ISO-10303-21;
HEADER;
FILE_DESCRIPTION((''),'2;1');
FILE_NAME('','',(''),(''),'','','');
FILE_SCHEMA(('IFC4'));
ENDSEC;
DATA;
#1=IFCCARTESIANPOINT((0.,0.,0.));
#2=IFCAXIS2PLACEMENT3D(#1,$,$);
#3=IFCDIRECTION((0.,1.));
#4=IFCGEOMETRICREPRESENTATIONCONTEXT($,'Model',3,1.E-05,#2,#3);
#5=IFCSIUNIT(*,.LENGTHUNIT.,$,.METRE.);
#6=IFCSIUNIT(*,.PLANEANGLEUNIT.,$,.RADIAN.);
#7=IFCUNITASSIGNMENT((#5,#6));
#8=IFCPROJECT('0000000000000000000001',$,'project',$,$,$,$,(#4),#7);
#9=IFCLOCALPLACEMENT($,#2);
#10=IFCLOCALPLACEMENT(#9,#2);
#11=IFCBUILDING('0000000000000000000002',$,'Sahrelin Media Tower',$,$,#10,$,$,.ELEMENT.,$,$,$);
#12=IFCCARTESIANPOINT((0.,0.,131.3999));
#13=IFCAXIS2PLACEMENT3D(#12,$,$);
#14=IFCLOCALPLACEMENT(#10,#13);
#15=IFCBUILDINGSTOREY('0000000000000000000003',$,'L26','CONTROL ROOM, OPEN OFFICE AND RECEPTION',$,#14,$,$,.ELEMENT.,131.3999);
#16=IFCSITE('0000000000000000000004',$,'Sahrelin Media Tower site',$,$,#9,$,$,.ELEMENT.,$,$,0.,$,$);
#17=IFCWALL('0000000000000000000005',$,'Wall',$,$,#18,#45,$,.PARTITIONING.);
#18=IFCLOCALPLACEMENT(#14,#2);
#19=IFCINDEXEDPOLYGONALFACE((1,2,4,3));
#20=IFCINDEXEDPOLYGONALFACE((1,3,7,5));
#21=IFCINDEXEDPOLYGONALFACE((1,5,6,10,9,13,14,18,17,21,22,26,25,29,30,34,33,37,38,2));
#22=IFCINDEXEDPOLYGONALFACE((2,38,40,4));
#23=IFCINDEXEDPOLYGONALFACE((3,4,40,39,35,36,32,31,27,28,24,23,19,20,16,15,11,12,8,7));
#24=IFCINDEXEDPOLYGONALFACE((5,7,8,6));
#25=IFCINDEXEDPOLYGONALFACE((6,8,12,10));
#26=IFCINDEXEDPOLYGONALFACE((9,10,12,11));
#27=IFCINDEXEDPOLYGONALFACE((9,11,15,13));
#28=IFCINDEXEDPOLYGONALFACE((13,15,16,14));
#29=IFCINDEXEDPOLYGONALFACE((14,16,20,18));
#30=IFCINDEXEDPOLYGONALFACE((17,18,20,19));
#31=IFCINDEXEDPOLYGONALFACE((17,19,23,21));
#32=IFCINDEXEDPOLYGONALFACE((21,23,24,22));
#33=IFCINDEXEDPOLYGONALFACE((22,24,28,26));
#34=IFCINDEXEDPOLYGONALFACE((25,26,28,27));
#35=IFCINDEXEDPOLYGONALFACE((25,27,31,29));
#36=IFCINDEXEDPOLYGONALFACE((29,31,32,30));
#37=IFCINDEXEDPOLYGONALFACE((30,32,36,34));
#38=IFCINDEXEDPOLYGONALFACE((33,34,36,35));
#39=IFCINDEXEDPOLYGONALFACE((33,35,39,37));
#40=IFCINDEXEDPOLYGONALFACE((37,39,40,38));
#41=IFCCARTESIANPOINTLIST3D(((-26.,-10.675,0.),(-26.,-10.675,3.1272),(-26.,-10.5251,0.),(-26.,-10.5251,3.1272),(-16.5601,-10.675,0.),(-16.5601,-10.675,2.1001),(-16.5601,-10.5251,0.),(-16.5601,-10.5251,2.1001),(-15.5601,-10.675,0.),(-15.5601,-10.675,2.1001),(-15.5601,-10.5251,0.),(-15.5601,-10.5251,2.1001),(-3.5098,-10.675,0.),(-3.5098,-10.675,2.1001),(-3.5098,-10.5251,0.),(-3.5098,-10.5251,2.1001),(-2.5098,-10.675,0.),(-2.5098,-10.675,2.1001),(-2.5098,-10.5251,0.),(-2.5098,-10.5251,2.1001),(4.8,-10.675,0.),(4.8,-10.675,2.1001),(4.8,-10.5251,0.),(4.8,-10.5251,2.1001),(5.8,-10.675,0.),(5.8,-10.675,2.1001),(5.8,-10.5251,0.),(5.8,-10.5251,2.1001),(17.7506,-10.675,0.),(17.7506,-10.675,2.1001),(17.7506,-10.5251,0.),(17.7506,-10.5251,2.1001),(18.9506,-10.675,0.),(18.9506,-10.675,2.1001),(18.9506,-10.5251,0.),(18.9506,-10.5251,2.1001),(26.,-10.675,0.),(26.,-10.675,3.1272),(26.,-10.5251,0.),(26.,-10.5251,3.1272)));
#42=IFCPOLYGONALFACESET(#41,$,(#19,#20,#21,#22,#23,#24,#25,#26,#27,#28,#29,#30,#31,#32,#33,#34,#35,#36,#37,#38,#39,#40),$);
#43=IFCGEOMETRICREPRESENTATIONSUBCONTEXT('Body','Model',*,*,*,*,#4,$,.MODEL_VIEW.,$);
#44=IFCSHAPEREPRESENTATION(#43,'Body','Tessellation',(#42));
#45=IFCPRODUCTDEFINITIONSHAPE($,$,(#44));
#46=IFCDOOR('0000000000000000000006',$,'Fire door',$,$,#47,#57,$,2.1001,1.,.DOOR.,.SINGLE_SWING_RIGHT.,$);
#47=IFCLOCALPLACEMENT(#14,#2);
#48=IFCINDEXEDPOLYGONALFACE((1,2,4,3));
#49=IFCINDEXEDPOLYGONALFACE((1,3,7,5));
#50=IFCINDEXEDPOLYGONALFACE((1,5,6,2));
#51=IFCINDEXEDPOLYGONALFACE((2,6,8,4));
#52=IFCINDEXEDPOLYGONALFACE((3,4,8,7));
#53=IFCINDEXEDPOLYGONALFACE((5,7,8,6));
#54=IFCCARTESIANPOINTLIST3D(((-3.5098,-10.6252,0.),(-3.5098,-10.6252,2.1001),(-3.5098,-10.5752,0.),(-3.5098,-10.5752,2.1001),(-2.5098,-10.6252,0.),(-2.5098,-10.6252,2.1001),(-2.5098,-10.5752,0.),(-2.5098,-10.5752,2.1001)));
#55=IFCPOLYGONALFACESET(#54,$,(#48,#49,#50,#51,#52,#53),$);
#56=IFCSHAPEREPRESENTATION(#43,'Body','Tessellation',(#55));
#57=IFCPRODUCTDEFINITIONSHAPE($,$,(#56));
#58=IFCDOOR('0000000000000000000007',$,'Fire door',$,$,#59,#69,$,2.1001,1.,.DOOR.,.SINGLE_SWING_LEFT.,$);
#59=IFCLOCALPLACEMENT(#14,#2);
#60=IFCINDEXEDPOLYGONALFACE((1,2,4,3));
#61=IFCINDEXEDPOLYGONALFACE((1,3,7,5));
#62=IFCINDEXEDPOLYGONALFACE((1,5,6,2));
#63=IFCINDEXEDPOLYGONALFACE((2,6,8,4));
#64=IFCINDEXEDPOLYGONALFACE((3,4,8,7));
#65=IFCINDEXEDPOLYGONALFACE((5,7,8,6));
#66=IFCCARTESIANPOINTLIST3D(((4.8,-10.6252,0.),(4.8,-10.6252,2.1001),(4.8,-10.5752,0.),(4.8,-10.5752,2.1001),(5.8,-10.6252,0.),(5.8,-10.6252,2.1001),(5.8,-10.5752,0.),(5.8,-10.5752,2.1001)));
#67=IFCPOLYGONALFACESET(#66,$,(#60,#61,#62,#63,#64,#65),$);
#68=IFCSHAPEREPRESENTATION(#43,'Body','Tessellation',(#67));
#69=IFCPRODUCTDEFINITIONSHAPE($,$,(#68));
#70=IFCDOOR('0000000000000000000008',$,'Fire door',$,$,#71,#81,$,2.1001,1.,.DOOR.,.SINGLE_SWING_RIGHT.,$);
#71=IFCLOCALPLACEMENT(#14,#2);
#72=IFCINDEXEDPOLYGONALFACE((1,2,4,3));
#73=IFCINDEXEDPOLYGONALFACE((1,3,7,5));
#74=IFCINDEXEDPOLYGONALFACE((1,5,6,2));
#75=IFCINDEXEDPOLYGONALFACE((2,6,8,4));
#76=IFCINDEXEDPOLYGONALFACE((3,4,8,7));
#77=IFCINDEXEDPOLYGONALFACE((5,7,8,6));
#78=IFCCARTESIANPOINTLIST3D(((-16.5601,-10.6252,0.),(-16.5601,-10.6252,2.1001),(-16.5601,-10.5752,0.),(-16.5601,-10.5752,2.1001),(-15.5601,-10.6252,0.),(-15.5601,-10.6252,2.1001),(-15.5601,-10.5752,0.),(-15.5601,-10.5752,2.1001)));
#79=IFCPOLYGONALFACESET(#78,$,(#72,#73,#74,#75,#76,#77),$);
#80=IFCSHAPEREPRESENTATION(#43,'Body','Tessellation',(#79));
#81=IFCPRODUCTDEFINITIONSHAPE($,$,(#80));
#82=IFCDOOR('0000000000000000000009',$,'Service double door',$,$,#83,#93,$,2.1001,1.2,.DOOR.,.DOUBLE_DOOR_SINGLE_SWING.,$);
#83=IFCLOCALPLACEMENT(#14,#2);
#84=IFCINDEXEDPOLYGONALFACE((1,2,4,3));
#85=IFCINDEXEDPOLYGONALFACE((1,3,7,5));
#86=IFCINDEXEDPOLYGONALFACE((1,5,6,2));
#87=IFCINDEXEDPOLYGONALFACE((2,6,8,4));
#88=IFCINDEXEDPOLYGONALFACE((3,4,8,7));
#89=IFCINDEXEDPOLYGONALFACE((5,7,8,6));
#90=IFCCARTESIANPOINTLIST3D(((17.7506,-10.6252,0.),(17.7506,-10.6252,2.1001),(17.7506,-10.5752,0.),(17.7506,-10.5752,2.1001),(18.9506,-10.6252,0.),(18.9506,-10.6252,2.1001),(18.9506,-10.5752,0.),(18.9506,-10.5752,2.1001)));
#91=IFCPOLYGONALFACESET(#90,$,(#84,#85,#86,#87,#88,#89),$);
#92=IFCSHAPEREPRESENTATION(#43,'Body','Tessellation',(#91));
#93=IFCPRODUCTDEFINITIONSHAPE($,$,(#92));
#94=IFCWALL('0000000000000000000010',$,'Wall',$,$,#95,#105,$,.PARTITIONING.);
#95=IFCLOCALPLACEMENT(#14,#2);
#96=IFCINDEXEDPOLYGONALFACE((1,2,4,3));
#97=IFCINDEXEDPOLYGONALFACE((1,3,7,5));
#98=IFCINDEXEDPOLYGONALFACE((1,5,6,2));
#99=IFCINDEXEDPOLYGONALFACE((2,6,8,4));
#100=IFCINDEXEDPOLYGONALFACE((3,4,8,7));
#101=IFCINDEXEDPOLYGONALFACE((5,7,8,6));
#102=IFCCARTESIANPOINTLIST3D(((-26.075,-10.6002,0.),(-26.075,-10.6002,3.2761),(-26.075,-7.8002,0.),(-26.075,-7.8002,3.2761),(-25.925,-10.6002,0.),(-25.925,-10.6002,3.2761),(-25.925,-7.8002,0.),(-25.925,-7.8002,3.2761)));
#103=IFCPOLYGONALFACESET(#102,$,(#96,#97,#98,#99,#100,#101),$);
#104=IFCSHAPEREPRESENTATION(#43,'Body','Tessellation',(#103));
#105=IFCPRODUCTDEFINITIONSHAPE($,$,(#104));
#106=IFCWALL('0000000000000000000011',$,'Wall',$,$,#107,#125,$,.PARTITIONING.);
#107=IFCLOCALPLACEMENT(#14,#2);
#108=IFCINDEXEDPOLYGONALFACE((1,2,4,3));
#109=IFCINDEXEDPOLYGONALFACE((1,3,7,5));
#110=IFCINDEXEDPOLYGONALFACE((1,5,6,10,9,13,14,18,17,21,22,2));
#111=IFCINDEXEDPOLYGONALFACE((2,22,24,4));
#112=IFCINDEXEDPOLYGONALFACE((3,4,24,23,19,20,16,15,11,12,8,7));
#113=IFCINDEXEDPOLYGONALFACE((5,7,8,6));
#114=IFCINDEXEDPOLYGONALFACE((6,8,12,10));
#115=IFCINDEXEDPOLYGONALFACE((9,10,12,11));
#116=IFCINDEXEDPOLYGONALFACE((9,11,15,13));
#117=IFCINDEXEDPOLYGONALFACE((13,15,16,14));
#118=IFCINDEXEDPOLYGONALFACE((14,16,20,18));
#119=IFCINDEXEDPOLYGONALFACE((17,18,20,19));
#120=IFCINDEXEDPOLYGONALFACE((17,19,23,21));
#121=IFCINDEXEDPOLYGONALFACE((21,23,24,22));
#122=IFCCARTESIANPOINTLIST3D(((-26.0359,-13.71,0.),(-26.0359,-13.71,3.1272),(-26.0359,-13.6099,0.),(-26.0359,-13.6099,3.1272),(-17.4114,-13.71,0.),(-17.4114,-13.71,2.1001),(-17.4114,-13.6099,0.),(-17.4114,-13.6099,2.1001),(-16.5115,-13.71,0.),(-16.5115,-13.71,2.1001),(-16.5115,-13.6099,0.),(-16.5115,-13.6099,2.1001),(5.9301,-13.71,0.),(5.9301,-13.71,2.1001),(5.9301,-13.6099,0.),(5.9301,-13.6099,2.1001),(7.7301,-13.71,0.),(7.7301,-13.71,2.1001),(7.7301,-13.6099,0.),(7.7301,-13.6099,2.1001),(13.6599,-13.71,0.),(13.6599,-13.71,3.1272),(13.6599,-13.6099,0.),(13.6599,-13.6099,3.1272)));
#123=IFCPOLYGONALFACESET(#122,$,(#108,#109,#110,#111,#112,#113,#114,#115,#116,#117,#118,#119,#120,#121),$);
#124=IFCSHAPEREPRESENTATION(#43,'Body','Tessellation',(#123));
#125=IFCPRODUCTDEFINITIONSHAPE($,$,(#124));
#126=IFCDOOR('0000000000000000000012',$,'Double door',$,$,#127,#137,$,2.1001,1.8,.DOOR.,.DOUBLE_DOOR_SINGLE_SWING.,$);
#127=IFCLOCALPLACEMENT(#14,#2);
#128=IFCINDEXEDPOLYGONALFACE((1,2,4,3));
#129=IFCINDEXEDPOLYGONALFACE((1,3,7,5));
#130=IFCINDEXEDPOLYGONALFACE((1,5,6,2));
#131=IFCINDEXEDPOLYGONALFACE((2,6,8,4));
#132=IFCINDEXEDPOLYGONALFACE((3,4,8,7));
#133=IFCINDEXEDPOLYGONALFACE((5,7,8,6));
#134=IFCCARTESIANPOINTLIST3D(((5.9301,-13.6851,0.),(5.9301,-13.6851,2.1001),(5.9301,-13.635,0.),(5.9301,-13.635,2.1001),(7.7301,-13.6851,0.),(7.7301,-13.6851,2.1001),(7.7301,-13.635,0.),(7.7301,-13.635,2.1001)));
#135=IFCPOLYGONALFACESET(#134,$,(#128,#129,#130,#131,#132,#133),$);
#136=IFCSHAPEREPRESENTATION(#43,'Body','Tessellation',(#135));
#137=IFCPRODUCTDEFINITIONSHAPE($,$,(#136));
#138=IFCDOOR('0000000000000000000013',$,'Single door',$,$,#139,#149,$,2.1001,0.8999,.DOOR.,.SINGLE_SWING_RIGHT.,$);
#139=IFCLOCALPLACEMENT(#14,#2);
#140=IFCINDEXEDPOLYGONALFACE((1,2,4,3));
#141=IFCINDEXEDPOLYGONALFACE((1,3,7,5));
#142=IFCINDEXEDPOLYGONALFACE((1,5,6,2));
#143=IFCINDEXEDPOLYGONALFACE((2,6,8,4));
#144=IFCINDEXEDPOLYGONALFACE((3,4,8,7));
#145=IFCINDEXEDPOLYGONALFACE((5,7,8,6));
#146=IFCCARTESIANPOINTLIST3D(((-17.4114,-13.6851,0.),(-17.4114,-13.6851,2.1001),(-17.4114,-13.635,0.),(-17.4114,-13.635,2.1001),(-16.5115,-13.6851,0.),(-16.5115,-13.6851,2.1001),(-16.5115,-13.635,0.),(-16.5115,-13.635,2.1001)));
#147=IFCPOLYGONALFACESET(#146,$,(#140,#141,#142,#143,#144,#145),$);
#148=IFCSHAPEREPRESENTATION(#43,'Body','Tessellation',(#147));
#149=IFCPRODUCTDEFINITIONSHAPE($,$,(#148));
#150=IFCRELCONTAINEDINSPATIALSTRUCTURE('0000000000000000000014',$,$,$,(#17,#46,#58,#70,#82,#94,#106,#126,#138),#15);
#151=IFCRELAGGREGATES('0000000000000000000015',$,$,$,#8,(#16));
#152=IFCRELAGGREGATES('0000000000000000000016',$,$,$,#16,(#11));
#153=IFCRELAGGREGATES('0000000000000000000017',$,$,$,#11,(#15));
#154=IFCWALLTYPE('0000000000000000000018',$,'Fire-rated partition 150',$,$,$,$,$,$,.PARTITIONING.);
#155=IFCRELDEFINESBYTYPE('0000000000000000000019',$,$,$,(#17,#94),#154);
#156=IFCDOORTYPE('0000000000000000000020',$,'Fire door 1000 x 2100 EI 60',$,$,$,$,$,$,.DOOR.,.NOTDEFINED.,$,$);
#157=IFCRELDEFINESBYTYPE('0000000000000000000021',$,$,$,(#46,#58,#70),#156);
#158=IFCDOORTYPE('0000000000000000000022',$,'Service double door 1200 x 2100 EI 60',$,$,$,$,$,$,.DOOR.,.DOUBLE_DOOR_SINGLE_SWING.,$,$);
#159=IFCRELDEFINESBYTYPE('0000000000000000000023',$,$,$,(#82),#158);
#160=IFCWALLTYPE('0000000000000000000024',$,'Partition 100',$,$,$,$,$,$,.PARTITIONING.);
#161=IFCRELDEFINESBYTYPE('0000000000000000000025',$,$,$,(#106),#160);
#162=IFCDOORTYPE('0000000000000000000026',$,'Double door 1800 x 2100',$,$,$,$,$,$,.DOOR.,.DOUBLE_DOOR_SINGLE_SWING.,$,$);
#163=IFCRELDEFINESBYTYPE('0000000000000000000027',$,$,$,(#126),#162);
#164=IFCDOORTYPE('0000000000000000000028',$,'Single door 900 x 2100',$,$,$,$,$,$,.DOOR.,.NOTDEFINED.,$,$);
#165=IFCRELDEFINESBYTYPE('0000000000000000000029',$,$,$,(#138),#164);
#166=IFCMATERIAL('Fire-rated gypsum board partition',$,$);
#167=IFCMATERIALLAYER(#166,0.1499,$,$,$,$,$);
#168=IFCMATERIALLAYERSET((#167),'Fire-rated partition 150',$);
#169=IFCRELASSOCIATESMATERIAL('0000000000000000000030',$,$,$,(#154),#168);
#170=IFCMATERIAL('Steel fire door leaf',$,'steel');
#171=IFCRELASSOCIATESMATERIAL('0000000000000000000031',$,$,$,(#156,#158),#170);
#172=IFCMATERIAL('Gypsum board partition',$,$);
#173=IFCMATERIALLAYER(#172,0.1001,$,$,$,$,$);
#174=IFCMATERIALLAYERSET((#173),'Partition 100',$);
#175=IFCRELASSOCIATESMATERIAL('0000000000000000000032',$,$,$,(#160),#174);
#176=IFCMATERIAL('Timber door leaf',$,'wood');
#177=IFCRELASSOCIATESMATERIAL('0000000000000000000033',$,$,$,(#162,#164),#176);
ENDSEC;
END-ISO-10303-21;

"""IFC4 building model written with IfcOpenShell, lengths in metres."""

from ifc_helpers import new_model, si_unit, direction, frame, frame_2d, origin, place, context, subcontext, project, spatial, rectangle, extrude, material, layer, layer_set, type_object, element, fill, save


model = new_model("IFC4")

# Units and contexts
model_context = context("Model", 3, precision=1e-05, world=origin(), true_north=direction((0.0, 1.0)))
body_context = subcontext(model_context, "Body", "Model", "MODEL_VIEW")
ifc_project = project(units=[si_unit("LENGTHUNIT", "METRE"), si_unit("PLANEANGLEUNIT", "RADIAN")], contexts=[model_context])

# Site, building, storey
site_placement = place(None, origin())
site = spatial("IfcSite", under=ifc_project, at=site_placement, Name="Sahrelin Media Tower site", CompositionType="ELEMENT", RefElevation=0.0)
building_placement = place(site_placement, origin())
building = spatial("IfcBuilding", under=site, at=building_placement, Name="Sahrelin Media Tower", CompositionType="ELEMENT")
storey_placement = place(building_placement, frame((0.0, 0.0, 131.3999)))
storey = spatial("IfcBuildingStorey", under=building, at=storey_placement, Name="L26", Description="CONTROL ROOM, OPEN OFFICE AND RECEPTION", CompositionType="ELEMENT", Elevation=131.3999)

# Wall, openings, doors
ifc_material_1 = material(Name="Fire-rated gypsum board partition")
ifc_layer_1 = layer(ifc_material_1, 0.1499)
ifc_layer_set_1 = layer_set([ifc_layer_1], Name="Fire-rated partition 150")
wall_type_1 = type_object("IfcWallType", Name="Fire-rated partition 150", PredefinedType="PARTITIONING", material=ifc_layer_set_1)
wall_1_placement = place(storey_placement, frame((-26.0, -10.6001, 0.0), z_axis=(0.0, 0.0, 1.0), x_axis=(1.0, 0.0, 0.0)))
wall_1 = element("IfcWall", 1, at=wall_1_placement, inside=storey, type_object=wall_type_1, Name="Wall", PredefinedType="PARTITIONING", context=body_context, shape_type="SweptSolid", body=[
    extrude(rectangle(XDim=52.0, YDim=0.1499, at=frame_2d((26.0, 0.0))), origin(), (0.0, 0.0, 1.0), 3.1272),
])
opening_1_placement = place(wall_1_placement, frame((22.4902, 0.0, 0.0)))
opening_1 = element("IfcOpeningElement", 2, at=opening_1_placement, cuts=wall_1, PredefinedType="OPENING", context=body_context, shape_type="SweptSolid", body=[
    extrude(rectangle(XDim=1.0, YDim=2.1001, at=frame_2d((0.5, 1.05))), frame((0.0, 0.075, 0.0), z_axis=(0.0, -1.0, 0.0), x_axis=(1.0, 0.0, 0.0)), (0.0, 0.0, 1.0), 0.1499),
])
opening_2_placement = place(wall_1_placement, frame((30.8, 0.0, 0.0)))
opening_2 = element("IfcOpeningElement", 3, at=opening_2_placement, cuts=wall_1, PredefinedType="OPENING", context=body_context, shape_type="SweptSolid", body=[
    extrude(rectangle(XDim=1.0, YDim=2.1001, at=frame_2d((0.5, 1.05))), frame((0.0, 0.075, 0.0), z_axis=(0.0, -1.0, 0.0), x_axis=(1.0, 0.0, 0.0)), (0.0, 0.0, 1.0), 0.1499),
])
opening_3_placement = place(wall_1_placement, frame((43.7505, 0.0, 0.0)))
opening_3 = element("IfcOpeningElement", 4, at=opening_3_placement, cuts=wall_1, PredefinedType="OPENING", context=body_context, shape_type="SweptSolid", body=[
    extrude(rectangle(XDim=1.2, YDim=2.1001, at=frame_2d((0.6001, 1.05))), frame((0.0, 0.075, 0.0), z_axis=(0.0, -1.0, 0.0), x_axis=(1.0, 0.0, 0.0)), (0.0, 0.0, 1.0), 0.1499),
])
opening_4_placement = place(wall_1_placement, frame((9.4399, 0.0, 0.0)))
opening_4 = element("IfcOpeningElement", 5, at=opening_4_placement, cuts=wall_1, PredefinedType="OPENING", context=body_context, shape_type="SweptSolid", body=[
    extrude(rectangle(XDim=1.0, YDim=2.1001, at=frame_2d((0.5, 1.05))), frame((0.0, 0.075, 0.0), z_axis=(0.0, -1.0, 0.0), x_axis=(1.0, 0.0, 0.0)), (0.0, 0.0, 1.0), 0.1499),
])
ifc_material_2 = material(Name="Steel fire door leaf", Category="steel")
door_type_1 = type_object("IfcDoorType", Name="Fire door 1000 x 2100 EI 60", OperationType="NOTDEFINED", PredefinedType="DOOR", material=ifc_material_2)
door_1_placement = place(opening_1_placement, origin())
door_1 = element("IfcDoor", 6, at=door_1_placement, inside=storey, type_object=door_type_1, Name="Fire door", OperationType="SINGLE_SWING_RIGHT", OverallHeight=2.1001, OverallWidth=1.0, PredefinedType="DOOR", context=body_context, shape_type="SweptSolid", body=[
    extrude(rectangle(XDim=1.0, YDim=2.1001, at=frame_2d((0.5, 1.05))), frame((0.0, 0.0249, 0.0), z_axis=(0.0, -1.0, 0.0), x_axis=(1.0, 0.0, 0.0)), (0.0, 0.0, 1.0), 0.05),
])
fill(opening_1, door_1)
door_2_placement = place(opening_2_placement, origin())
door_2 = element("IfcDoor", 7, at=door_2_placement, inside=storey, type_object=door_type_1, Name="Fire door", OperationType="SINGLE_SWING_LEFT", OverallHeight=2.1001, OverallWidth=1.0, PredefinedType="DOOR", context=body_context, shape_type="SweptSolid", body=[
    extrude(rectangle(XDim=1.0, YDim=2.1001, at=frame_2d((0.5, 1.05))), frame((0.0, 0.0249, 0.0), z_axis=(0.0, -1.0, 0.0), x_axis=(1.0, 0.0, 0.0)), (0.0, 0.0, 1.0), 0.05),
])
fill(opening_2, door_2)
door_3_placement = place(opening_4_placement, origin())
door_3 = element("IfcDoor", 8, at=door_3_placement, inside=storey, type_object=door_type_1, Name="Fire door", OperationType="SINGLE_SWING_RIGHT", OverallHeight=2.1001, OverallWidth=1.0, PredefinedType="DOOR", context=body_context, shape_type="SweptSolid", body=[
    extrude(rectangle(XDim=1.0, YDim=2.1001, at=frame_2d((0.5, 1.05))), frame((0.0, 0.0249, 0.0), z_axis=(0.0, -1.0, 0.0), x_axis=(1.0, 0.0, 0.0)), (0.0, 0.0, 1.0), 0.05),
])
fill(opening_4, door_3)
door_type_2 = type_object("IfcDoorType", Name="Service double door 1200 x 2100 EI 60", OperationType="DOUBLE_DOOR_SINGLE_SWING", PredefinedType="DOOR", material=ifc_material_2)
door_4_placement = place(opening_3_placement, origin())
door_4 = element("IfcDoor", 9, at=door_4_placement, inside=storey, type_object=door_type_2, Name="Service double door", OperationType="DOUBLE_DOOR_SINGLE_SWING", OverallHeight=2.1001, OverallWidth=1.2, PredefinedType="DOOR", context=body_context, shape_type="SweptSolid", body=[
    extrude(rectangle(XDim=1.2, YDim=2.1001, at=frame_2d((0.6001, 1.05))), frame((0.0, 0.0249, 0.0), z_axis=(0.0, -1.0, 0.0), x_axis=(1.0, 0.0, 0.0)), (0.0, 0.0, 1.0), 0.05),
])
fill(opening_3, door_4)

# Wall
wall_2_placement = place(storey_placement, frame((-26.0, -10.6001, 0.0), z_axis=(0.0, 0.0, 1.0), x_axis=(0.0, 1.0, 0.0)))
element("IfcWall", 10, at=wall_2_placement, inside=storey, type_object=wall_type_1, Name="Wall", PredefinedType="PARTITIONING", context=body_context, shape_type="SweptSolid", body=[
    extrude(rectangle(XDim=2.8, YDim=0.1499, at=frame_2d((1.3999, 0.0))), origin(), (0.0, 0.0, 1.0), 3.2761),
])

# Wall, openings, doors
ifc_material_3 = material(Name="Gypsum board partition")
ifc_layer_2 = layer(ifc_material_3, 0.1001)
ifc_layer_set_2 = layer_set([ifc_layer_2], Name="Partition 100")
wall_type_2 = type_object("IfcWallType", Name="Partition 100", PredefinedType="PARTITIONING", material=ifc_layer_set_2)
wall_3_placement = place(storey_placement, frame((-26.0359, -13.6599, 0.0), z_axis=(0.0, 0.0, 1.0), x_axis=(1.0, 0.0, 0.0)))
wall_3 = element("IfcWall", 11, at=wall_3_placement, inside=storey, type_object=wall_type_2, Name="Wall", PredefinedType="PARTITIONING", context=body_context, shape_type="SweptSolid", body=[
    extrude(rectangle(XDim=39.6958, YDim=0.1001, at=frame_2d((19.8479, 0.0))), origin(), (0.0, 0.0, 1.0), 3.1272),
])
opening_5_placement = place(wall_3_placement, frame((31.9661, 0.0, 0.0)))
opening_5 = element("IfcOpeningElement", 12, at=opening_5_placement, cuts=wall_3, PredefinedType="OPENING", context=body_context, shape_type="SweptSolid", body=[
    extrude(rectangle(XDim=1.8, YDim=2.1001, at=frame_2d((0.8999, 1.05))), frame((0.0, 0.05, 0.0), z_axis=(0.0, -1.0, 0.0), x_axis=(1.0, 0.0, 0.0)), (0.0, 0.0, 1.0), 0.1001),
])
opening_6_placement = place(wall_3_placement, frame((8.6245, 0.0, 0.0)))
opening_6 = element("IfcOpeningElement", 13, at=opening_6_placement, cuts=wall_3, PredefinedType="OPENING", context=body_context, shape_type="SweptSolid", body=[
    extrude(rectangle(XDim=0.8999, YDim=2.1001, at=frame_2d((0.45, 1.05))), frame((0.0, 0.05, 0.0), z_axis=(0.0, -1.0, 0.0), x_axis=(1.0, 0.0, 0.0)), (0.0, 0.0, 1.0), 0.1001),
])
ifc_material_4 = material(Name="Timber door leaf", Category="wood")
door_type_3 = type_object("IfcDoorType", Name="Double door 1800 x 2100", OperationType="DOUBLE_DOOR_SINGLE_SWING", PredefinedType="DOOR", material=ifc_material_4)
door_5_placement = place(opening_5_placement, origin())
door_5 = element("IfcDoor", 14, at=door_5_placement, inside=storey, type_object=door_type_3, Name="Double door", OperationType="DOUBLE_DOOR_SINGLE_SWING", OverallHeight=2.1001, OverallWidth=1.8, PredefinedType="DOOR", context=body_context, shape_type="SweptSolid", body=[
    extrude(rectangle(XDim=1.8, YDim=2.1001, at=frame_2d((0.8999, 1.05))), frame((0.0, 0.0249, 0.0), z_axis=(0.0, -1.0, 0.0), x_axis=(1.0, 0.0, 0.0)), (0.0, 0.0, 1.0), 0.05),
])
fill(opening_5, door_5)
door_type_4 = type_object("IfcDoorType", Name="Single door 900 x 2100", OperationType="NOTDEFINED", PredefinedType="DOOR", material=ifc_material_4)
door_6_placement = place(opening_6_placement, origin())
door_6 = element("IfcDoor", 15, at=door_6_placement, inside=storey, type_object=door_type_4, Name="Single door", OperationType="SINGLE_SWING_RIGHT", OverallHeight=2.1001, OverallWidth=0.8999, PredefinedType="DOOR", context=body_context, shape_type="SweptSolid", body=[
    extrude(rectangle(XDim=0.8999, YDim=2.1001, at=frame_2d((0.45, 1.05))), frame((0.0, 0.0249, 0.0), z_axis=(0.0, -1.0, 0.0), x_axis=(1.0, 0.0, 0.0)), (0.0, 0.0, 1.0), 0.05),
])
fill(opening_6, door_6)

save(model, "model.ifc")
